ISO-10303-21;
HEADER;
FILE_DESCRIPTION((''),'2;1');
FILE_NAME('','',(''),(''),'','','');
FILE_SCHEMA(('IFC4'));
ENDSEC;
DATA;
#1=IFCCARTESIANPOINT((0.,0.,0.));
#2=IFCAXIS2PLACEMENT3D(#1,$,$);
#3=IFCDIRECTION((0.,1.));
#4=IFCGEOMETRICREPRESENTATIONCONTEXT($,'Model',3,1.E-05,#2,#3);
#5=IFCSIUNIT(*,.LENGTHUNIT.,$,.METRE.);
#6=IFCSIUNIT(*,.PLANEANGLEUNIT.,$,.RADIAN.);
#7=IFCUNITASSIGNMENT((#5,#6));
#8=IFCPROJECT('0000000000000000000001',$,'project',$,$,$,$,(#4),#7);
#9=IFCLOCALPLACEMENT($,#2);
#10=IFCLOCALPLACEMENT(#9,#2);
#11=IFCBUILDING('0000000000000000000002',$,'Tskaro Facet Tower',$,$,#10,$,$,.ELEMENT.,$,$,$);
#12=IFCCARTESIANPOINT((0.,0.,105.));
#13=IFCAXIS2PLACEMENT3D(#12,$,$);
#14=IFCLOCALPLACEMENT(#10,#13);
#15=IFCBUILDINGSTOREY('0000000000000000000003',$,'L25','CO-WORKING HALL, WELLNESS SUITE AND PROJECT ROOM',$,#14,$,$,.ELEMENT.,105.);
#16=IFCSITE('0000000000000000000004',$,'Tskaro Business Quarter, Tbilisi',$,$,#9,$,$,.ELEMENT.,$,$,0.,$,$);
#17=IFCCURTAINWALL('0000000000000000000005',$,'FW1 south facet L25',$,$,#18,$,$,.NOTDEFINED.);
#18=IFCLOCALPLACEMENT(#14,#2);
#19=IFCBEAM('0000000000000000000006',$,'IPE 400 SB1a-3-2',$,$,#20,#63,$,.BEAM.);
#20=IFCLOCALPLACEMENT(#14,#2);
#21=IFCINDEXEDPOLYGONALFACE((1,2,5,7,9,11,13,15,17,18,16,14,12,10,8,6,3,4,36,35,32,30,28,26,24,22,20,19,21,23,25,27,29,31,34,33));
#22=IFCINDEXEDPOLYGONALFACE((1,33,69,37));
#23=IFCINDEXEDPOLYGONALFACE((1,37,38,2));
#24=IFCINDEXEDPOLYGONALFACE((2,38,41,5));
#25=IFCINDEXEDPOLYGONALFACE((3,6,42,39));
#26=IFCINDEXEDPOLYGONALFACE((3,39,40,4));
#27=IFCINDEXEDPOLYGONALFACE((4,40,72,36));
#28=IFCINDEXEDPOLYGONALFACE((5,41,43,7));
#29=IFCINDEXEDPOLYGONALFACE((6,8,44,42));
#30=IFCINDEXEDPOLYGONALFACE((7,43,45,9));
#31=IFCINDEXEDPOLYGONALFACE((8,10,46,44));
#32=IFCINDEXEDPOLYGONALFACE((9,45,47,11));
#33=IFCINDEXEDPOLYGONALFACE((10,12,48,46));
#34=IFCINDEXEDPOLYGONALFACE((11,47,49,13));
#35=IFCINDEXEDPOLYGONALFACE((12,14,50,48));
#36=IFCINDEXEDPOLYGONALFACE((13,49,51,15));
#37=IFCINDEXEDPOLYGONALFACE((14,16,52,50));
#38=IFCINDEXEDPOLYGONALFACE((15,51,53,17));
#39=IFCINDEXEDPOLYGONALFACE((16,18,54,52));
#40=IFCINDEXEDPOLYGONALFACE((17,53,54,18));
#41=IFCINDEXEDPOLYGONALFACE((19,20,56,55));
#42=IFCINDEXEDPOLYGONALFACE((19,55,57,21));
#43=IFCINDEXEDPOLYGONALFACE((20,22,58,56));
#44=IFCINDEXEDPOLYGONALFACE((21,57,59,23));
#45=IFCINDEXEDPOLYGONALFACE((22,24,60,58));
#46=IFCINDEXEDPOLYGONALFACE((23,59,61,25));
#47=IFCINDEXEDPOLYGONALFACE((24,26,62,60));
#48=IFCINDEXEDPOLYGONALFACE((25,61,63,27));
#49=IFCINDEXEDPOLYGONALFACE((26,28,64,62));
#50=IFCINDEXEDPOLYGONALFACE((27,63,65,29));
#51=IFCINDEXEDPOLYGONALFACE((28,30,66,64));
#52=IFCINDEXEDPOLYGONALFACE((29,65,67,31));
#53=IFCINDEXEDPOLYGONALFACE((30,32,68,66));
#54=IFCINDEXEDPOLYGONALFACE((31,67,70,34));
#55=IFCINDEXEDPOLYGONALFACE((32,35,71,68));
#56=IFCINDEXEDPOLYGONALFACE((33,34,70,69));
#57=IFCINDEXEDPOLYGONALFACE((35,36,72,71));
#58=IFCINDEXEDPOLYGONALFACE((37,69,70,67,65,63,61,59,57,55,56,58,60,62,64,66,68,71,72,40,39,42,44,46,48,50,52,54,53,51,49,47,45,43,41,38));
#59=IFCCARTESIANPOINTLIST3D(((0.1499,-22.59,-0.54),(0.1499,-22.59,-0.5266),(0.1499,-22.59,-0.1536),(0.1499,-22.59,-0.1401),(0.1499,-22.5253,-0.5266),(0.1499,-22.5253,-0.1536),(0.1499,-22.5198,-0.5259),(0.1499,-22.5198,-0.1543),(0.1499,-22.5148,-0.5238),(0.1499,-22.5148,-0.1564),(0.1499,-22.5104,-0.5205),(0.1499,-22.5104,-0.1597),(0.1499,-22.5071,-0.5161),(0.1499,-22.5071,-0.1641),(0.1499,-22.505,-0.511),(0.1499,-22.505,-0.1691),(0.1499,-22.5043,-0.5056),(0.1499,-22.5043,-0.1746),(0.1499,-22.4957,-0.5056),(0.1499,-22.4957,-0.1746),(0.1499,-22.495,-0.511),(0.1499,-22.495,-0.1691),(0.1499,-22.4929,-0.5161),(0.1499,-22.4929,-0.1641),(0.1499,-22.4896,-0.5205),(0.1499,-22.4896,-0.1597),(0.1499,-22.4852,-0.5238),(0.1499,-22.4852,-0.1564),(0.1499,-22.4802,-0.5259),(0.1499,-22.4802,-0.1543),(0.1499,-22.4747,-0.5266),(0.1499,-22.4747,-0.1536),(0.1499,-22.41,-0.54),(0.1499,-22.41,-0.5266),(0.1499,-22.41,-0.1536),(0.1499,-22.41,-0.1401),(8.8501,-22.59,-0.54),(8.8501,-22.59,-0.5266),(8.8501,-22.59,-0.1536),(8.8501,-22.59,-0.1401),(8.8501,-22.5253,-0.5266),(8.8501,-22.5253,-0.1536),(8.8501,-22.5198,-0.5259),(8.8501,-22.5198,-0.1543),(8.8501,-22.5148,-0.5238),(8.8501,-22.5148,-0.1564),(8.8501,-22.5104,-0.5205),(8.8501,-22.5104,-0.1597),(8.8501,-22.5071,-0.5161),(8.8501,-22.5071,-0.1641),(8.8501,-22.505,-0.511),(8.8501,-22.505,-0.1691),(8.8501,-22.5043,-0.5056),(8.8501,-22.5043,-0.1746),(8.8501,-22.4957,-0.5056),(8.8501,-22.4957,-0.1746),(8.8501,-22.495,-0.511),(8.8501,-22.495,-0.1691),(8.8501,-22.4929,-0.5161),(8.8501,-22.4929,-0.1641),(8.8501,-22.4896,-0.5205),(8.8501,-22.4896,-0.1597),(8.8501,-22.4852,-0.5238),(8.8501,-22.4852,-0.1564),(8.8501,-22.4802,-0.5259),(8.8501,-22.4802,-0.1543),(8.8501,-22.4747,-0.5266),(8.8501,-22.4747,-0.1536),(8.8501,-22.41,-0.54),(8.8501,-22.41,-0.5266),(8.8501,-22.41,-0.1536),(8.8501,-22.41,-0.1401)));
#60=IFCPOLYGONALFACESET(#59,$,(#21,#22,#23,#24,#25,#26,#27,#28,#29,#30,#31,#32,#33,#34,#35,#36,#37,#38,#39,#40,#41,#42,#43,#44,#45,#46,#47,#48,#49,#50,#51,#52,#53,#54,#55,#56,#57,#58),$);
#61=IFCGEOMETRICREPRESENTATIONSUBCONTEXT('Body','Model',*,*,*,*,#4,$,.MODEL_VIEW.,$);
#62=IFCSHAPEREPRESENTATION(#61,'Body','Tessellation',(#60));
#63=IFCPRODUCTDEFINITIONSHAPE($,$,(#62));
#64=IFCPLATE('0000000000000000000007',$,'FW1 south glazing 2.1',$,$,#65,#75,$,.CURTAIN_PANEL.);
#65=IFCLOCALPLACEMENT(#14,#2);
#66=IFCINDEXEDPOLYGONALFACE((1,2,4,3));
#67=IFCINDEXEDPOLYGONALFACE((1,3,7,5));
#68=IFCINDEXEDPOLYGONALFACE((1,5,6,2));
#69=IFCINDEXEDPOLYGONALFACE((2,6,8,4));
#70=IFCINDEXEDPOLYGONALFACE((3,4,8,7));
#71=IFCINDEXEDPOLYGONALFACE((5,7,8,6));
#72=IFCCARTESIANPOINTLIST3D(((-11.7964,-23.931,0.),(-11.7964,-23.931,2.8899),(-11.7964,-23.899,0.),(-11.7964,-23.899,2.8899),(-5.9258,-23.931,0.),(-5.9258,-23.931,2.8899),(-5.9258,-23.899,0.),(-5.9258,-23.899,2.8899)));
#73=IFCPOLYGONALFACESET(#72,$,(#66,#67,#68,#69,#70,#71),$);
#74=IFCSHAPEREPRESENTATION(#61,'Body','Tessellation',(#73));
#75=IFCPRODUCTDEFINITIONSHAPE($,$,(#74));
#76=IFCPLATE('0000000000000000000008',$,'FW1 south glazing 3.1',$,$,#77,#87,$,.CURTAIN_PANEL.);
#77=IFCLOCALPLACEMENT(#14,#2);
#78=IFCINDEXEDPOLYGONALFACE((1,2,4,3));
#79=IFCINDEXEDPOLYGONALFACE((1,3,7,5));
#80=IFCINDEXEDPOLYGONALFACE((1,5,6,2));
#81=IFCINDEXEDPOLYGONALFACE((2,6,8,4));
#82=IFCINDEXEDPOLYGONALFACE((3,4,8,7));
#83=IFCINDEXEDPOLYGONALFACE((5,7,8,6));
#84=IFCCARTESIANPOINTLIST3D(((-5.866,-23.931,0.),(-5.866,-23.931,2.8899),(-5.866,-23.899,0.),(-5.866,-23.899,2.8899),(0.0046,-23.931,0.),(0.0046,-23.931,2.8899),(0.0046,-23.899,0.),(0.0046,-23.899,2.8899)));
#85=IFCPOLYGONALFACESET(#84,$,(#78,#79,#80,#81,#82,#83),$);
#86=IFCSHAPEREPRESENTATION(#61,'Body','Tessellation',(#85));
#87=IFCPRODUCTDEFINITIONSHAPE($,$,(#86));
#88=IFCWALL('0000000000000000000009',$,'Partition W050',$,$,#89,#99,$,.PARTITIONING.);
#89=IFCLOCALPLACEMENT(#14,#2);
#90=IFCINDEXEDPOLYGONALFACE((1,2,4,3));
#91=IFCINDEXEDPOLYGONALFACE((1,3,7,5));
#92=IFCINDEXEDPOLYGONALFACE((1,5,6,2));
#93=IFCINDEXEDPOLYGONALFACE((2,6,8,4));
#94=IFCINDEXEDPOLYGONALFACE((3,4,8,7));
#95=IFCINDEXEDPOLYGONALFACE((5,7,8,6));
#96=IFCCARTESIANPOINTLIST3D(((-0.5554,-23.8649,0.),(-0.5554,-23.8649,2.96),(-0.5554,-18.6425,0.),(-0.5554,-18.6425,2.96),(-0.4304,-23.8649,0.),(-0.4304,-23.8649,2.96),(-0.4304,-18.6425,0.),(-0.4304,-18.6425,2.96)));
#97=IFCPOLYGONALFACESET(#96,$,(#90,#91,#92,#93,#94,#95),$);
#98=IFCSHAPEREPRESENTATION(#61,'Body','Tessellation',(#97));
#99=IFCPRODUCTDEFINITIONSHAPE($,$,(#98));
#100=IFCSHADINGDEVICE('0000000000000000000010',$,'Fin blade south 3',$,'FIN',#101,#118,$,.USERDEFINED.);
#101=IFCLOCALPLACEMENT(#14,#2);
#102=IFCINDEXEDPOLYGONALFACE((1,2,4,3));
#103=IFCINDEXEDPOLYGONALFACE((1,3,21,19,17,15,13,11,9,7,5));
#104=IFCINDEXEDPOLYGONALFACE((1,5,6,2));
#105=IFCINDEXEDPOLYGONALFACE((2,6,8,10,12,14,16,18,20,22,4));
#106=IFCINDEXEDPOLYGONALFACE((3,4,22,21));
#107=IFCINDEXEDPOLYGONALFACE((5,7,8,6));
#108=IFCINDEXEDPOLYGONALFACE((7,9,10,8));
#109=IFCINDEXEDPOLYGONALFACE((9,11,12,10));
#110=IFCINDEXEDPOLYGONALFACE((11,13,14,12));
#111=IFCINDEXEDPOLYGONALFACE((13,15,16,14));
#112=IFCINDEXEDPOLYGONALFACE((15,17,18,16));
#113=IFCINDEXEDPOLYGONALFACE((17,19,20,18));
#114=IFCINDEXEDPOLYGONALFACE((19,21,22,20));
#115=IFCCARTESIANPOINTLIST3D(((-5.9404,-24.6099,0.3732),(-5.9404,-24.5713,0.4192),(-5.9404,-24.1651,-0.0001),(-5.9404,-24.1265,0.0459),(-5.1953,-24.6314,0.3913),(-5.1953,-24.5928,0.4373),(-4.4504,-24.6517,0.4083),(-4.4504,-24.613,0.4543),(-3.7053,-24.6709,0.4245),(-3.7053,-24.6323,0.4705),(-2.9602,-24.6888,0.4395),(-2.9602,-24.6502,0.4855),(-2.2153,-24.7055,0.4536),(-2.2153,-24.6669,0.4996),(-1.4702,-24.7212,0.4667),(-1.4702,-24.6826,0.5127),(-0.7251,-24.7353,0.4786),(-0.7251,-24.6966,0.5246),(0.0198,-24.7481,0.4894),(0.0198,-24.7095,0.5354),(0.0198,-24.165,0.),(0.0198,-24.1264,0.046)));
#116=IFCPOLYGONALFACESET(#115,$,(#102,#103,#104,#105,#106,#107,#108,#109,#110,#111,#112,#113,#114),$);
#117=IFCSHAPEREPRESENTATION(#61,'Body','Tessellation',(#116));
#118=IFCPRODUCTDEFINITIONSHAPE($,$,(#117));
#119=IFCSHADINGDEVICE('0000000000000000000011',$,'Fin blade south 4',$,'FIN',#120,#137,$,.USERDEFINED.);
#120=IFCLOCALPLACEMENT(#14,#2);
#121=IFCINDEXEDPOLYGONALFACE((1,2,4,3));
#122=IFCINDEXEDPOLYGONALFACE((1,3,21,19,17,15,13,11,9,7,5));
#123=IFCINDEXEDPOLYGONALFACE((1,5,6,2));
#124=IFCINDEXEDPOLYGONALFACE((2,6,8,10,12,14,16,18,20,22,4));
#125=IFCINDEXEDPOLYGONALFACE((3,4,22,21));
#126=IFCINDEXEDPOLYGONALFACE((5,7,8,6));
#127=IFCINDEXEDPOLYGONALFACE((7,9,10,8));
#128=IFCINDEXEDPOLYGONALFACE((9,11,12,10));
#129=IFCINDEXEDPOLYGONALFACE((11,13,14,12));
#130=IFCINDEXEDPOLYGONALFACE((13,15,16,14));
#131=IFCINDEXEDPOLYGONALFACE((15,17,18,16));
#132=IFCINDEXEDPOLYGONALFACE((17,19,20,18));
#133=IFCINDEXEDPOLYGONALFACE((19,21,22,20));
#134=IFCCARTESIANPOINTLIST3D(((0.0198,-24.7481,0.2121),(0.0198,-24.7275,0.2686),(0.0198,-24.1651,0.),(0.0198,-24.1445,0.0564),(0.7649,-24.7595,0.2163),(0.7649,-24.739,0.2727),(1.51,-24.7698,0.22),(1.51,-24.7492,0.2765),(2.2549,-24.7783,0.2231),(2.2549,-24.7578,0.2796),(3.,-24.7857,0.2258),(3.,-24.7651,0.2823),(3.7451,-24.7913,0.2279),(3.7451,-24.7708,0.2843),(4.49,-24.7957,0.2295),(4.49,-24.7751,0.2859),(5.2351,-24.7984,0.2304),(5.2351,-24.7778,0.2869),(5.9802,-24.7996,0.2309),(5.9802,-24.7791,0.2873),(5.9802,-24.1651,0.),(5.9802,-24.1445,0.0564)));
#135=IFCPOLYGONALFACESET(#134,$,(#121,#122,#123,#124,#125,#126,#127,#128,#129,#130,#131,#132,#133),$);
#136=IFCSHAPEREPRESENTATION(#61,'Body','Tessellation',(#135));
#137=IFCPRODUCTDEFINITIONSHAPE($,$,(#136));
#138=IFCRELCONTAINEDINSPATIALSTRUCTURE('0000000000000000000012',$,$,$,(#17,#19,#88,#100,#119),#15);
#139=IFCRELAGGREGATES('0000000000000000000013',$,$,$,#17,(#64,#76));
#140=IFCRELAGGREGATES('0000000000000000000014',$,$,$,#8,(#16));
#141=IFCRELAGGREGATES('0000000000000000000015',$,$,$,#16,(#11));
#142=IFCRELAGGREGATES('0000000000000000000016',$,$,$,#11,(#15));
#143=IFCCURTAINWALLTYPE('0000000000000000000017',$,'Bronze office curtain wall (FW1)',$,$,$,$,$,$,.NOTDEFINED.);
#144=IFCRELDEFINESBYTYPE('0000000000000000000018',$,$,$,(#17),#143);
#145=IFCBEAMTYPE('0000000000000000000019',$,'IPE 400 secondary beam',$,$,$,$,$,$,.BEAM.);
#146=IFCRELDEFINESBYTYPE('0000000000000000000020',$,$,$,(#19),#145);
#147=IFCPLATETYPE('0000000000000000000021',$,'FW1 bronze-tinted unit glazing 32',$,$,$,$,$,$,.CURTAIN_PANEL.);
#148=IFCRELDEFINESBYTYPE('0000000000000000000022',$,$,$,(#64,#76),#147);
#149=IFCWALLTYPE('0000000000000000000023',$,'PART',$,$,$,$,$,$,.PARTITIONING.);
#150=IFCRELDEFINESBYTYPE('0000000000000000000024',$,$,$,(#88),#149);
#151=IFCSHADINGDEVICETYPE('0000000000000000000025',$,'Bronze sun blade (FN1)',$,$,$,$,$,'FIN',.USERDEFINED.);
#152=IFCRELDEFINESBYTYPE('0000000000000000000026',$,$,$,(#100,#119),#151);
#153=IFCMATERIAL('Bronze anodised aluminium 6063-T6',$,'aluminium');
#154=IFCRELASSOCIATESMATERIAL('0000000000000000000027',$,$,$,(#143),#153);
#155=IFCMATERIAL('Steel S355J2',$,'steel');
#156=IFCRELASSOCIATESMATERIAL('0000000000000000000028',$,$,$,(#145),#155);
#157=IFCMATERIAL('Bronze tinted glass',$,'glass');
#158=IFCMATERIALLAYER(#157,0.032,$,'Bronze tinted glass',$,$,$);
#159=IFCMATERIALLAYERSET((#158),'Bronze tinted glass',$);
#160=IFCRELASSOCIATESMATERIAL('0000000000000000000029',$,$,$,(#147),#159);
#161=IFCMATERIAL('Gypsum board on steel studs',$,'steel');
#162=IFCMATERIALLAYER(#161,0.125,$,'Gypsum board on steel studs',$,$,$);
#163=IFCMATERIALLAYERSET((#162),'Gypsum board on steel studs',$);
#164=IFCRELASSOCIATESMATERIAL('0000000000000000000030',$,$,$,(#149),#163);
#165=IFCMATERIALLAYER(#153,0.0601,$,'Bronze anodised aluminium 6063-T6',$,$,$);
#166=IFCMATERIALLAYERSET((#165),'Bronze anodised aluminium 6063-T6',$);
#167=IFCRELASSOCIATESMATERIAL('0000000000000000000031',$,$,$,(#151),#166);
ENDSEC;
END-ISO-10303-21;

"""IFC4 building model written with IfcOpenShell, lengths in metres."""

from ifc_helpers import new_model, si_unit, direction, frame, frame_2d, origin, origin_2d, place, context, subcontext, project, spatial, polyline, rectangle, i_section, outline, extrude, material, layer, layer_set, material_profile, profile_set, type_object, element, aggregate, save


model = new_model("IFC4")

# Units and contexts
model_context = context("Model", 3, precision=1e-05, world=origin(), true_north=direction((0.0, 1.0)))
body_context = subcontext(model_context, "Body", "Model", "MODEL_VIEW")
ifc_project = project(units=[si_unit("LENGTHUNIT", "METRE"), si_unit("PLANEANGLEUNIT", "RADIAN")], contexts=[model_context])

# Site, building, storey
site_placement = place(None, origin())
site = spatial("IfcSite", under=ifc_project, at=site_placement, Name="Tskaro Business Quarter, Tbilisi", CompositionType="ELEMENT", RefElevation=0.0)
building_placement = place(site_placement, origin())
building = spatial("IfcBuilding", under=site, at=building_placement, Name="Tskaro Facet Tower", CompositionType="ELEMENT")
storey_placement = place(building_placement, frame((0.0, 0.0, 105.0)))
storey = spatial("IfcBuildingStorey", under=building, at=storey_placement, Name="L25", Description="CO-WORKING HALL, WELLNESS SUITE AND PROJECT ROOM", CompositionType="ELEMENT", Elevation=105.0)

# Curtain wall
ifc_material_1 = material(Name="Bronze anodised aluminium 6063-T6", Category="aluminium")
curtain_wall_type = type_object("IfcCurtainWallType", Name="Bronze office curtain wall (FW1)", PredefinedType="NOTDEFINED", material=ifc_material_1)
curtain_wall_placement = place(storey_placement, origin())
curtain_wall = element("IfcCurtainWall", 1, at=curtain_wall_placement, inside=storey, type_object=curtain_wall_type, Name="FW1 south facet L25", PredefinedType="NOTDEFINED")

# Beam
ifc_material_2 = material(Name="Steel S355J2", Category="steel")
ifc_material_profile_1 = material_profile(ifc_material_2, i_section(OverallWidth=0.1799, OverallDepth=0.3999, WebThickness=0.0085, FlangeThickness=0.0134, FilletRadius=0.021, at=origin_2d()), Name="IPE 400")
ifc_profile_set_1 = profile_set([ifc_material_profile_1], Name="Steel S355J2")
beam_type_1 = type_object("IfcBeamType", Name="IPE 400 secondary beam", PredefinedType="BEAM", material=ifc_profile_set_1)
for number, where, z_axis, x_axis, name in (
    (2, (0.1499, -22.5, -0.3401), (1.0, 0.0, 0.0), (0.0, 1.0, 0.0), "IPE 400 SB1a-3-2"),
):
    element("IfcBeam", number, at=place(storey_placement, frame(where, z_axis=z_axis, x_axis=x_axis)), inside=storey, type_object=beam_type_1, Name=name, PredefinedType="BEAM", context=body_context, shape_type="SweptSolid", body=[
        extrude(i_section(OverallWidth=0.1799, OverallDepth=0.3999, WebThickness=0.0085, FlangeThickness=0.0134, FilletRadius=0.021, at=origin_2d()), origin(), (0.0, 0.0, 1.0), 8.7002),
    ])

# Plates
ifc_material_3 = material(Name="Bronze tinted glass", Category="glass")
ifc_layer_1 = layer(ifc_material_3, 0.032, Name="Bronze tinted glass")
ifc_layer_set_1 = layer_set([ifc_layer_1], Name="Bronze tinted glass")
plate_type = type_object("IfcPlateType", Name="FW1 bronze-tinted unit glazing 32", PredefinedType="CURTAIN_PANEL", material=ifc_layer_set_1)
plate_1_placement = place(storey_placement, frame((-8.8611, -23.915, 0.0), z_axis=(0.0, 0.0, 1.0), x_axis=(1.0, 0.0, 0.0)))
plate_1 = element("IfcPlate", 3, at=plate_1_placement, type_object=plate_type, Name="FW1 south glazing 2.1", PredefinedType="CURTAIN_PANEL", context=body_context, shape_type="SweptSolid", body=[
    extrude(rectangle(XDim=5.8706, YDim=0.032, at=origin_2d()), origin(), (0.0, 0.0, 1.0), 2.8899),
])
plate_2_placement = place(storey_placement, frame((-2.9307, -23.915, 0.0), z_axis=(0.0, 0.0, 1.0), x_axis=(1.0, 0.0, 0.0)))
plate_2 = element("IfcPlate", 4, at=plate_2_placement, type_object=plate_type, Name="FW1 south glazing 3.1", PredefinedType="CURTAIN_PANEL", context=body_context, shape_type="SweptSolid", body=[
    extrude(rectangle(XDim=5.8706, YDim=0.032, at=origin_2d()), origin(), (0.0, 0.0, 1.0), 2.8899),
])
aggregate(curtain_wall, [plate_1, plate_2])

# Wall
ifc_material_4 = material(Name="Gypsum board on steel studs", Category="steel")
ifc_layer_2 = layer(ifc_material_4, 0.125, Name="Gypsum board on steel studs")
ifc_layer_set_2 = layer_set([ifc_layer_2], Name="Gypsum board on steel studs")
wall_type = type_object("IfcWallType", Name="PART", PredefinedType="PARTITIONING", material=ifc_layer_set_2)
wall_placement = place(storey_placement, frame((-0.4929, -23.865, 0.0), z_axis=(0.0, 0.0, 1.0), x_axis=(0.0, 1.0, 0.0)))
element("IfcWall", 5, at=wall_placement, inside=storey, type_object=wall_type, Name="Partition W050", PredefinedType="PARTITIONING", context=body_context, shape_type="SweptSolid", body=[
    extrude(rectangle(XDim=5.2224, YDim=0.125, at=frame_2d((2.6113, 0.0))), origin(), (0.0, 0.0, 1.0), 2.96),
])

# Shading devices
ifc_layer_3 = layer(ifc_material_1, 0.0601, Name="Bronze anodised aluminium 6063-T6")
ifc_layer_set_3 = layer_set([ifc_layer_3], Name="Bronze anodised aluminium 6063-T6")
shading_device_type = type_object("IfcShadingDeviceType", Name="Bronze sun blade (FN1)", ElementType="FIN", PredefinedType="USERDEFINED", material=ifc_layer_set_3)
shading_device_1_placement = place(storey_placement, frame((-5.9404, -24.1265, 0.0459), z_axis=(-0.000015, 0.642889, 0.76596), x_axis=(1.0, 0.00001, 0.000012)))
element("IfcShadingDevice", 6, at=shading_device_1_placement, inside=storey, type_object=shading_device_type, Name="Fin blade south 3", ObjectType="FIN", PredefinedType="USERDEFINED", context=body_context, shape_type="SweptSolid", body=[
    extrude(outline(polyline([(0.0, 0.0), (5.9602, 0.0), (5.9602, -0.7613), (5.2153, -0.7445), (4.4702, -0.7261), (3.7251, -0.7056), (2.9802, -0.6838), (2.2351, -0.6604), (1.49, -0.6353), (0.7451, -0.6088), (0.0, -0.5807), (0.0, 0.0)])), origin(), (0.0, 0.0, -1.0), 0.0601),
])
shading_device_2_placement = place(storey_placement, frame((0.0198, -24.1445, 0.0564), z_axis=(-0.000004, 0.341969, 0.939711), x_axis=(1.0, 0.000002, 0.000004)))
element("IfcShadingDevice", 7, at=shading_device_2_placement, inside=storey, type_object=shading_device_type, Name="Fin blade south 4", ObjectType="FIN", PredefinedType="USERDEFINED", context=body_context, shape_type="SweptSolid", body=[
    extrude(outline(polyline([(0.0, 0.0), (5.9604, 0.0), (5.9604, -0.6752), (5.2153, -0.6739), (4.4702, -0.6711), (3.7253, -0.6664), (2.9802, -0.6604), (2.2351, -0.6526), (1.4902, -0.6435), (0.7451, -0.6326), (0.0, -0.6204), (0.0, 0.0)])), origin(), (0.0, 0.0, -1.0), 0.0601),
])

save(model, "model.ifc")
